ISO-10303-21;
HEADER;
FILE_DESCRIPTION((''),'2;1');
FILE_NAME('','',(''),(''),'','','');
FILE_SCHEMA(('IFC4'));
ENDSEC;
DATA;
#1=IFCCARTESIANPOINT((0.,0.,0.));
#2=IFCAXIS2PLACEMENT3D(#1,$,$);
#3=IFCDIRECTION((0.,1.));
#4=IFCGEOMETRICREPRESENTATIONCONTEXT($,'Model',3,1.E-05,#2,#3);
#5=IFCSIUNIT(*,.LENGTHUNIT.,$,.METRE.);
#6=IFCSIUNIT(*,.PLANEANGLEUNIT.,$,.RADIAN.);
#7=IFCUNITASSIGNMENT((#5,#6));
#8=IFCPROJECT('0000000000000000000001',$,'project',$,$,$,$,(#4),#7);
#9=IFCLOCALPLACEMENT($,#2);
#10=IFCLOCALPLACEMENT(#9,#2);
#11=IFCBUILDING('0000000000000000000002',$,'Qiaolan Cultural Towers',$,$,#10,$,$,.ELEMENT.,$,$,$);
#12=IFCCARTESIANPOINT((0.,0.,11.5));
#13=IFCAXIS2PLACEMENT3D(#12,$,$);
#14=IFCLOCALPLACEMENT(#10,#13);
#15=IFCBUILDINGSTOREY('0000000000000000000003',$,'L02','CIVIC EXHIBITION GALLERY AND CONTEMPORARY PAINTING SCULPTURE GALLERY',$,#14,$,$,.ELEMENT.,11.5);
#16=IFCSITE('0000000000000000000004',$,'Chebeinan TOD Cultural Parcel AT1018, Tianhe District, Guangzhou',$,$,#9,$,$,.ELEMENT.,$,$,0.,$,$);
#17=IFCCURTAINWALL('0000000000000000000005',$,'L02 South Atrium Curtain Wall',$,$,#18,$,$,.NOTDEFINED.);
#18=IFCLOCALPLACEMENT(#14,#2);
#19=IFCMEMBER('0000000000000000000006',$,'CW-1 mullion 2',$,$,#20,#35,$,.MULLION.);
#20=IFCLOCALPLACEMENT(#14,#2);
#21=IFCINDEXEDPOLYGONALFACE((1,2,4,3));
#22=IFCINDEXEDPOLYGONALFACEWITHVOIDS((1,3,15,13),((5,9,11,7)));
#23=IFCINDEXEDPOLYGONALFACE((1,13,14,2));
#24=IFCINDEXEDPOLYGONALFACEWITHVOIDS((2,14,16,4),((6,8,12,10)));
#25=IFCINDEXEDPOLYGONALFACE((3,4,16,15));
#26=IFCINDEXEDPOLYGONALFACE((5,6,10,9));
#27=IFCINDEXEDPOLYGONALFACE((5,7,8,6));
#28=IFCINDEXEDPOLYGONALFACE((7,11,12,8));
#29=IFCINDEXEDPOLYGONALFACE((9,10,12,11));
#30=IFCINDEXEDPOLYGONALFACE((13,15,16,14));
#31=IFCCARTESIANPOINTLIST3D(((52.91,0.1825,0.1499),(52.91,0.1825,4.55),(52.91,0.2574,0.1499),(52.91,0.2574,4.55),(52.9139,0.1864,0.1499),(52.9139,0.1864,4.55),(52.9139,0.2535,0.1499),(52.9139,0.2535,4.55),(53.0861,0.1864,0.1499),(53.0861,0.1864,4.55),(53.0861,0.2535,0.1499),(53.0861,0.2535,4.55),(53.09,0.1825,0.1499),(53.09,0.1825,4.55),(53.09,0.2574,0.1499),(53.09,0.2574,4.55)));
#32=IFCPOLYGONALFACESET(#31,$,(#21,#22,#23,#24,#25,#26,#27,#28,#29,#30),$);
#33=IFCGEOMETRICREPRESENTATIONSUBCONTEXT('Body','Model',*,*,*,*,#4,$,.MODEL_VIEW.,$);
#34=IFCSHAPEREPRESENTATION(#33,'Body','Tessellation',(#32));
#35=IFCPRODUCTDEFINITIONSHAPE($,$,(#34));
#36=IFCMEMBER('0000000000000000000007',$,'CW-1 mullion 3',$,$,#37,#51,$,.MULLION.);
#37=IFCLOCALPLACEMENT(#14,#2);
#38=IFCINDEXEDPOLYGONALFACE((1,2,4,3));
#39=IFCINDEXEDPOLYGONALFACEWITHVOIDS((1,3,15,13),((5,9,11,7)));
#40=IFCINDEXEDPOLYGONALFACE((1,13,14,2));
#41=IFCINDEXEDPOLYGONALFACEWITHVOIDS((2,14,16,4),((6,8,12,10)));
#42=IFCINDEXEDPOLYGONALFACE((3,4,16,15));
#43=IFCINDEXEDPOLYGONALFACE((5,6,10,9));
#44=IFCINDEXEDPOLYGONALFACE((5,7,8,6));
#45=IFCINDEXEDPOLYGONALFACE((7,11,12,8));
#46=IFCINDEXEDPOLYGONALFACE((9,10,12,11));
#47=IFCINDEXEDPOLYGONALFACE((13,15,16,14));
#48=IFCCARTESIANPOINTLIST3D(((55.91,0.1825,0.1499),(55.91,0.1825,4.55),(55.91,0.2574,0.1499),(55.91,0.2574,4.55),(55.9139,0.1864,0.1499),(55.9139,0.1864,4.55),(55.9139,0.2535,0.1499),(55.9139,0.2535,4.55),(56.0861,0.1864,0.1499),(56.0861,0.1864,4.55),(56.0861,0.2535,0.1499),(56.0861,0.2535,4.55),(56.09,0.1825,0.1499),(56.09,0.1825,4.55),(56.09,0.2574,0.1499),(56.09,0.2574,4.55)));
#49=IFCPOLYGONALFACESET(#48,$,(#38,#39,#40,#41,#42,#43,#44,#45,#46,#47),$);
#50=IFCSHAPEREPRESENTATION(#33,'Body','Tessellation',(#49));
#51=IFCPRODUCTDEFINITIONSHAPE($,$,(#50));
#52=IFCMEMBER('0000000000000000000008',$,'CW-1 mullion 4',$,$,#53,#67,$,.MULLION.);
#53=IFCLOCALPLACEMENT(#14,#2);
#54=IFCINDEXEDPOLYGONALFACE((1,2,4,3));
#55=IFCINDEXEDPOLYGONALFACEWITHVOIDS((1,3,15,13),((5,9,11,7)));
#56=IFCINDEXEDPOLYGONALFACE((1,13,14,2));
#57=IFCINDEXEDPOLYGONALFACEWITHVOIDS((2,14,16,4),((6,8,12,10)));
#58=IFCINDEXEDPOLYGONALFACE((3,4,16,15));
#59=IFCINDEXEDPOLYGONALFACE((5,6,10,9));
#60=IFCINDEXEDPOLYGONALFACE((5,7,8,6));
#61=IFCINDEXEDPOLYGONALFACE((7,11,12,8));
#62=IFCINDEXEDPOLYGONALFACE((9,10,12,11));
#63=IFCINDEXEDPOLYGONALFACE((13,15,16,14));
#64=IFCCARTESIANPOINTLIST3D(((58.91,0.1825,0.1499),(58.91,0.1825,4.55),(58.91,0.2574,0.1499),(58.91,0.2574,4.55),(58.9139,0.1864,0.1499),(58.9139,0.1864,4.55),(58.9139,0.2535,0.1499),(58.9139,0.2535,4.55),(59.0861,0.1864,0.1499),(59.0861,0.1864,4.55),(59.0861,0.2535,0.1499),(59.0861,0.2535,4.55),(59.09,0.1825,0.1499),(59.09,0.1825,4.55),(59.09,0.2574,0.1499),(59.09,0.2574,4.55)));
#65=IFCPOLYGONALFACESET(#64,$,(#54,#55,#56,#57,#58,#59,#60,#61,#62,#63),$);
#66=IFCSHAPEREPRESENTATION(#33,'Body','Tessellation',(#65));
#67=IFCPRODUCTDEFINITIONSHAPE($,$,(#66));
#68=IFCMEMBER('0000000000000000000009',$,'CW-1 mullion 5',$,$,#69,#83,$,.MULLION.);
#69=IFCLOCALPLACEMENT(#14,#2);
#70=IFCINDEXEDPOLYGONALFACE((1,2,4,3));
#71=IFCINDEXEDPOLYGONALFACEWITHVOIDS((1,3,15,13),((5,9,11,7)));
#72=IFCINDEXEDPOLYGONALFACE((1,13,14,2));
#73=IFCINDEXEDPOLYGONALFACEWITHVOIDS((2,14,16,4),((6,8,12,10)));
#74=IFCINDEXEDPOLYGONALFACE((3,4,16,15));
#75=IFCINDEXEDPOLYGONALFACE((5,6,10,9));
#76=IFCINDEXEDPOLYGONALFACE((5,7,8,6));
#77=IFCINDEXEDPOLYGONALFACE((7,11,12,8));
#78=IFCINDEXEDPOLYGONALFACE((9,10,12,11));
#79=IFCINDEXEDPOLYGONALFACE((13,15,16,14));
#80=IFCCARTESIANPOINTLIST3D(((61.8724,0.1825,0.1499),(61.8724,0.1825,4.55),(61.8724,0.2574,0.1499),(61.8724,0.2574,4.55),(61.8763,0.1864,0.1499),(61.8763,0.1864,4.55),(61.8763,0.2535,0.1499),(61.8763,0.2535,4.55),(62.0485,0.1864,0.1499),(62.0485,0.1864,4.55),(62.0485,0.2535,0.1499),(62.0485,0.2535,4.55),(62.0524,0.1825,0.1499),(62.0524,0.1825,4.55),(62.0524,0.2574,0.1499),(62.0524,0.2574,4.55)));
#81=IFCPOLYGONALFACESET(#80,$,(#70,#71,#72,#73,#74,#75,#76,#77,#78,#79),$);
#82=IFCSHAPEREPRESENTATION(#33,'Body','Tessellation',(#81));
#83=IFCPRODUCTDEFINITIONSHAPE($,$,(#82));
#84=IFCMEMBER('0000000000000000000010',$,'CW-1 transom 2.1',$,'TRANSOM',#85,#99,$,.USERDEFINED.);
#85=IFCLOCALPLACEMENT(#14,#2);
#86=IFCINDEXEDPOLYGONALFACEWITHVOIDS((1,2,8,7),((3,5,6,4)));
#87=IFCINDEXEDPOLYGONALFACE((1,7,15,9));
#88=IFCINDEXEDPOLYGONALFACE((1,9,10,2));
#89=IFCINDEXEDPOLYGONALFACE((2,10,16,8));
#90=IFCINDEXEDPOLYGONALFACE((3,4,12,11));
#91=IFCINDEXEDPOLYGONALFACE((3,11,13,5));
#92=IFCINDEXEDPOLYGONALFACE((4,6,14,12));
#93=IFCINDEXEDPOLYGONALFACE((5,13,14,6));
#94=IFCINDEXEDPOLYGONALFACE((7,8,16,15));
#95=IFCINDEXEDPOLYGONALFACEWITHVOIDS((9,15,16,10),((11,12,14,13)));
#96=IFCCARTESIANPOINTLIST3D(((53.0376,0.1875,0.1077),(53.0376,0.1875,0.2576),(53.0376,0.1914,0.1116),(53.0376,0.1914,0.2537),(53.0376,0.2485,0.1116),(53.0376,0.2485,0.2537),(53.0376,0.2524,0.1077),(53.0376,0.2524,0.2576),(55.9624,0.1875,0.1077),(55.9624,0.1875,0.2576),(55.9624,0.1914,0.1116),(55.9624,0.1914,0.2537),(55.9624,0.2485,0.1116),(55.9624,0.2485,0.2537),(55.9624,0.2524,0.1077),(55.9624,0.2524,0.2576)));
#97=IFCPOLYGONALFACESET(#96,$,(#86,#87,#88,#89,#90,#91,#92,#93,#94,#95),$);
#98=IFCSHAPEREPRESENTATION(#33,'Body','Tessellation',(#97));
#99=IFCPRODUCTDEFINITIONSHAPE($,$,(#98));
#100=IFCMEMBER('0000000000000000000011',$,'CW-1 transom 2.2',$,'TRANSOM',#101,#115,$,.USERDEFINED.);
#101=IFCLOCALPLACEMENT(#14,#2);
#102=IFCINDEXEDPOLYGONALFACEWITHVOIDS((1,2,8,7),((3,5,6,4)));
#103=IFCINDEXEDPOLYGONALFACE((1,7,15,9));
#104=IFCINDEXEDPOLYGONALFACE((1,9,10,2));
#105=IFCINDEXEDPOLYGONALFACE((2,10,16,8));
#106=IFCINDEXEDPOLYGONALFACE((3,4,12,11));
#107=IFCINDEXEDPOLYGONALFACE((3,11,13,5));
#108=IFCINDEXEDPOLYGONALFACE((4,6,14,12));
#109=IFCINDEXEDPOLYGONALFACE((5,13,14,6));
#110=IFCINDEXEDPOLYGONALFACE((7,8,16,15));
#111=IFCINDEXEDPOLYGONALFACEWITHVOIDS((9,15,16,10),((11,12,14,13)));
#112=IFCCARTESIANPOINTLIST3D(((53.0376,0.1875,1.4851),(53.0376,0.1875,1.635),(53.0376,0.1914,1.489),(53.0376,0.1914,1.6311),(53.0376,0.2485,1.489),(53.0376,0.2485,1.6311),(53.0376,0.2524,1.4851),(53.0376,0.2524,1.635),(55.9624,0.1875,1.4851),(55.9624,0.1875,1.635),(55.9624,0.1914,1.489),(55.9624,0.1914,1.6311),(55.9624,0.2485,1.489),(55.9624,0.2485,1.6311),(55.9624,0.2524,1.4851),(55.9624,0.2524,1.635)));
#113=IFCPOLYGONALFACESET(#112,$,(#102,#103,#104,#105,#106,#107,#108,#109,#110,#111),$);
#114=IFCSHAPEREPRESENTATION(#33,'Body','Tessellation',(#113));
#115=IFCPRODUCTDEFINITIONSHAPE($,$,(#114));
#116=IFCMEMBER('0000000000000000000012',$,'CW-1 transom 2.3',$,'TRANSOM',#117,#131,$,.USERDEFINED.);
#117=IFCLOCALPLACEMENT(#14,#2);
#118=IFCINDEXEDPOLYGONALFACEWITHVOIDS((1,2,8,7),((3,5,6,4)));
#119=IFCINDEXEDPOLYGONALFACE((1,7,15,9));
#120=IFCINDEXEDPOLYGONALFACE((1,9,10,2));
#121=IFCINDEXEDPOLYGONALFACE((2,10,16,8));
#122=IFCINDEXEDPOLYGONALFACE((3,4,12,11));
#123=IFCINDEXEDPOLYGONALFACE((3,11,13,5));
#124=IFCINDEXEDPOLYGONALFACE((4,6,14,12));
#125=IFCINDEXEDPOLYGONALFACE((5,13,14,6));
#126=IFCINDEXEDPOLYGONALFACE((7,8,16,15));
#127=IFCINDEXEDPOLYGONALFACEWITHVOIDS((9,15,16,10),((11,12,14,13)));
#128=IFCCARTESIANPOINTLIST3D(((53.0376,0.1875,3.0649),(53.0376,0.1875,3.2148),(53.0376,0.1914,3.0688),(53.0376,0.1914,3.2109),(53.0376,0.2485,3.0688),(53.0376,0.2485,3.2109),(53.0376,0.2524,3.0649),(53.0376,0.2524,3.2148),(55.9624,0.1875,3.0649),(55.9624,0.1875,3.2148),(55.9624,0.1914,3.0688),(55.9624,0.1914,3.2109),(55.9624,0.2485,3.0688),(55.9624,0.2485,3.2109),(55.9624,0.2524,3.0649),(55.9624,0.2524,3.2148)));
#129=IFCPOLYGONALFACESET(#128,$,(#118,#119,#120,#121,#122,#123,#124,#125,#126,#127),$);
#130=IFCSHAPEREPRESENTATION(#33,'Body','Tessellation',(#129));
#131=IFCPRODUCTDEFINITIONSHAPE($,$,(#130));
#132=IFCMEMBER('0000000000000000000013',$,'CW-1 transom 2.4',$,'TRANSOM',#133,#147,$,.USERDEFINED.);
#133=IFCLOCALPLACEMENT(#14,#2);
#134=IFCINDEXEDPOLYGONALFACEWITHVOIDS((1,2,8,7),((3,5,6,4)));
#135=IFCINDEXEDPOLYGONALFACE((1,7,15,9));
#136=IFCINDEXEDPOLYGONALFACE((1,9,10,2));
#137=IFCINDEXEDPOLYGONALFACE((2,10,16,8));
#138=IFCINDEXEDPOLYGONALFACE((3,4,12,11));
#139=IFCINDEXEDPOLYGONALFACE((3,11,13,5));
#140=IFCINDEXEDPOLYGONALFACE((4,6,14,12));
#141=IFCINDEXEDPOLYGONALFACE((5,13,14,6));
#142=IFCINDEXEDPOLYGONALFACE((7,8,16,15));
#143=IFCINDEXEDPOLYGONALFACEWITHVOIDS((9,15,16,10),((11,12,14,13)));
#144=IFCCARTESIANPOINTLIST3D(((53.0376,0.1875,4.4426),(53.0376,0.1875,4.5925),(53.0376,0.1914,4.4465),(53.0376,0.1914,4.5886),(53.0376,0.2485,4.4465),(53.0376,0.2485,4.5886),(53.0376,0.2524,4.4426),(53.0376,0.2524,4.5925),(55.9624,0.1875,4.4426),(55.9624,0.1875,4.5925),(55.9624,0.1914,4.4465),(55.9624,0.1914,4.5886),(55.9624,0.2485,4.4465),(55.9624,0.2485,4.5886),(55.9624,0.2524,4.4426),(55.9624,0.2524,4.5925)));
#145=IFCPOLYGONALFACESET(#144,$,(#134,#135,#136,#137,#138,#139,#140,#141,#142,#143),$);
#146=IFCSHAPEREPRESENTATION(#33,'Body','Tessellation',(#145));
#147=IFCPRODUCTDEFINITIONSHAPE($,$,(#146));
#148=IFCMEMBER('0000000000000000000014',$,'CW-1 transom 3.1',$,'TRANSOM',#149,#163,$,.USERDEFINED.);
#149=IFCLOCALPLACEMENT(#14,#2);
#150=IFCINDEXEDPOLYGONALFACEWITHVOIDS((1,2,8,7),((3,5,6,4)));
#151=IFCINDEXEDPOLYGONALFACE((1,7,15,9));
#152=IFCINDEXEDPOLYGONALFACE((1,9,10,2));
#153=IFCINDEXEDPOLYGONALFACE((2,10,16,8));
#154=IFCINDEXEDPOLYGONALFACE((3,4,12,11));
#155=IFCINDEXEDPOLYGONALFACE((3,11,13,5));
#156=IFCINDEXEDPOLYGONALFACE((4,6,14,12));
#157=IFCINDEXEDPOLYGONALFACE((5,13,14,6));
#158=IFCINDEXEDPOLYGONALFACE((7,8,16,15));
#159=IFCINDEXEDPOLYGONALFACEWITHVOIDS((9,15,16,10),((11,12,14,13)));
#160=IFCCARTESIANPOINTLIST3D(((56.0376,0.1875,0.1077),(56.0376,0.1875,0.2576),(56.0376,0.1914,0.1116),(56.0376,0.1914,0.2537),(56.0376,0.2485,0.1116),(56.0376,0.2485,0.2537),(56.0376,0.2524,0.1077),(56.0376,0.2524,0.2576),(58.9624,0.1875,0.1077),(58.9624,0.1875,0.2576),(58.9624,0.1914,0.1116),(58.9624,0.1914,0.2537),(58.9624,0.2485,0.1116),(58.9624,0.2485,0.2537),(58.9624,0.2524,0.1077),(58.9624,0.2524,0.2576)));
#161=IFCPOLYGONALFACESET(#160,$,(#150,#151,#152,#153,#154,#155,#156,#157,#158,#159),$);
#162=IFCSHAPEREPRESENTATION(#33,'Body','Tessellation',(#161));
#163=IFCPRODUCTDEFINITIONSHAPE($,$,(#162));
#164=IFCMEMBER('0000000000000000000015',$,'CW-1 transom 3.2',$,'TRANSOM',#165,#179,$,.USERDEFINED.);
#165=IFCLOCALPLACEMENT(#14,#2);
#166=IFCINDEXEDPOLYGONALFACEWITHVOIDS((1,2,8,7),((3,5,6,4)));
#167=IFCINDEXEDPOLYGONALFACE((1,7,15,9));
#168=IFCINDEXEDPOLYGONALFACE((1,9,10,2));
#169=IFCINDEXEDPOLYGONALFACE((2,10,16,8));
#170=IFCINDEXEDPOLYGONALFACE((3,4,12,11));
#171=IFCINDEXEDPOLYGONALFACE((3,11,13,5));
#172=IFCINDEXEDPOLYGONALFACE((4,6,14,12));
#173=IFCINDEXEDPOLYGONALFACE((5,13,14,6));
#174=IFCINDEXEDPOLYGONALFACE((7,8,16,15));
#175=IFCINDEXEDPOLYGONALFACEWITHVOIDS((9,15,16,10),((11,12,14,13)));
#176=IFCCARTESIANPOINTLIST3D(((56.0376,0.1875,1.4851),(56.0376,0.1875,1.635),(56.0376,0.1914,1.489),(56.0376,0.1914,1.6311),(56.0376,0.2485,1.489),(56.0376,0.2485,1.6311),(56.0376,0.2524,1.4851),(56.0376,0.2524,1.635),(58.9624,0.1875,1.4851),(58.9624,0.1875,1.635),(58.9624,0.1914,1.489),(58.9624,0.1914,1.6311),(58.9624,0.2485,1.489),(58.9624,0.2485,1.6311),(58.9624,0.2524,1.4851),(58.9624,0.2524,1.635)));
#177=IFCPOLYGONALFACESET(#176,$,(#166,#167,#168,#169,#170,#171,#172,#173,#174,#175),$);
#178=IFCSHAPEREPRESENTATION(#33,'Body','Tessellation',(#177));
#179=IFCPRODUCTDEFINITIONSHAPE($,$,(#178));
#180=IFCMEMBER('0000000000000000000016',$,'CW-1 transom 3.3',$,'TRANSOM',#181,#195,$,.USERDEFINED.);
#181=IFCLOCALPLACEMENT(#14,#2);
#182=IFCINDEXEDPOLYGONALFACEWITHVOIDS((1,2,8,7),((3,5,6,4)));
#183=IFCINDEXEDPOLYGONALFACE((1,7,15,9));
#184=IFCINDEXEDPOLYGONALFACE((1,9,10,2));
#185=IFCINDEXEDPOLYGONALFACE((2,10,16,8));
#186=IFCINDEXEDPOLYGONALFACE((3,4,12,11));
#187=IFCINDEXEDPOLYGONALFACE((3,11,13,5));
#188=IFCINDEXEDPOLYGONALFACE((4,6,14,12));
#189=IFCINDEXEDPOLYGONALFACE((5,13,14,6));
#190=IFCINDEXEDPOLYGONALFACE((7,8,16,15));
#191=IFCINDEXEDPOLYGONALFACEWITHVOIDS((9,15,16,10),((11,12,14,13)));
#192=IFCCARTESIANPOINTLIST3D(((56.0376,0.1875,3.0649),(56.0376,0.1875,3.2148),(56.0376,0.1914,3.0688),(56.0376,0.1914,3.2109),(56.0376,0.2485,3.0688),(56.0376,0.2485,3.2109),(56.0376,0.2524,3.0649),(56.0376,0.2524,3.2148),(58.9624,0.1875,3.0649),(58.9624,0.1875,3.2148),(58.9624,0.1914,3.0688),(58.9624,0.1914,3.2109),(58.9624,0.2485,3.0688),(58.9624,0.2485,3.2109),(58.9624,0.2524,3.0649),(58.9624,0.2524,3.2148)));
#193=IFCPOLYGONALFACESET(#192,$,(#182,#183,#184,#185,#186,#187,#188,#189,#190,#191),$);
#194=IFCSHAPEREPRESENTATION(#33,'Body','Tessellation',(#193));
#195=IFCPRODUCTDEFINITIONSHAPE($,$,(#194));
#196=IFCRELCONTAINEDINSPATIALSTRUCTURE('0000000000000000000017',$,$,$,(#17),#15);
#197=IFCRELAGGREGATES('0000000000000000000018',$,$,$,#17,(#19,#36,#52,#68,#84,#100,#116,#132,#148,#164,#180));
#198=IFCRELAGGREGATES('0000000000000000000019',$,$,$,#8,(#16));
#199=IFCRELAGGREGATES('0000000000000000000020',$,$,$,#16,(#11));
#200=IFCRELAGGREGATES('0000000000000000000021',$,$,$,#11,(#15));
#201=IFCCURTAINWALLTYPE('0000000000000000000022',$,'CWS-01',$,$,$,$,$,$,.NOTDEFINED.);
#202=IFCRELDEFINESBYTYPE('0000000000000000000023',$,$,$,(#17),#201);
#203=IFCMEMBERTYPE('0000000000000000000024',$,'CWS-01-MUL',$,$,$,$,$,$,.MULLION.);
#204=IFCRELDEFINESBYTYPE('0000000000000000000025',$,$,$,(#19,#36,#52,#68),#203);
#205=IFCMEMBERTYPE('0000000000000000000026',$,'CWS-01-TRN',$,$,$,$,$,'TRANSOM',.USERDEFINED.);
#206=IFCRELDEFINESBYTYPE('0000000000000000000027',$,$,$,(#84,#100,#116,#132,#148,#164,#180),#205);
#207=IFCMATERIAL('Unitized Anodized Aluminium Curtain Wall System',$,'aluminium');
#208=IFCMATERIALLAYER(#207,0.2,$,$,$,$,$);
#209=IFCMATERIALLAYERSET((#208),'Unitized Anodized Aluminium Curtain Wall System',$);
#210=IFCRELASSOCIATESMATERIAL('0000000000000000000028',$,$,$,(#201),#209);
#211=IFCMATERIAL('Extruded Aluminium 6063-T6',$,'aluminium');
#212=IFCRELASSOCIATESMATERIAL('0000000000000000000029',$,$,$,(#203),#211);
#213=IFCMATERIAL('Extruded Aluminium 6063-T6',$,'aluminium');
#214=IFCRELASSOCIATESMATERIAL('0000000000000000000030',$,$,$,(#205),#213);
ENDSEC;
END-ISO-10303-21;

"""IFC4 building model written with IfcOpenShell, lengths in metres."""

from ifc_helpers import new_model, si_unit, direction, frame, origin, origin_2d, place, context, subcontext, project, spatial, hollow_rectangle, extrude, material, layer, layer_set, material_profile, profile_set, type_object, element, aggregate, save


model = new_model("IFC4")

# Units and contexts
model_context = context("Model", 3, precision=1e-05, world=origin(), true_north=direction((0.0, 1.0)))
body_context = subcontext(model_context, "Body", "Model", "MODEL_VIEW")
ifc_project = project(units=[si_unit("LENGTHUNIT", "METRE"), si_unit("PLANEANGLEUNIT", "RADIAN")], contexts=[model_context])

# Site, building, storey
site_placement = place(None, origin())
site = spatial("IfcSite", under=ifc_project, at=site_placement, Name="Chebeinan TOD Cultural Parcel AT1018, Tianhe District, Guangzhou", CompositionType="ELEMENT", RefElevation=0.0)
building_placement = place(site_placement, origin())
building = spatial("IfcBuilding", under=site, at=building_placement, Name="Qiaolan Cultural Towers", CompositionType="ELEMENT")
storey_placement = place(building_placement, frame((0.0, 0.0, 11.5)))
storey = spatial("IfcBuildingStorey", under=building, at=storey_placement, Name="L02", Description="CIVIC EXHIBITION GALLERY AND CONTEMPORARY PAINTING SCULPTURE GALLERY", CompositionType="ELEMENT", Elevation=11.5)

# Curtain wall, members
ifc_material_1 = material(Name="Unitized Anodized Aluminium Curtain Wall System", Category="aluminium")
ifc_layer_1 = layer(ifc_material_1, 0.2)
ifc_layer_set_1 = layer_set([ifc_layer_1], Name="Unitized Anodized Aluminium Curtain Wall System")
curtain_wall_type = type_object("IfcCurtainWallType", Name="CWS-01", PredefinedType="NOTDEFINED", material=ifc_layer_set_1)
curtain_wall_placement = place(storey_placement, origin())
curtain_wall = element("IfcCurtainWall", 1, at=curtain_wall_placement, inside=storey, type_object=curtain_wall_type, Name="L02 South Atrium Curtain Wall", PredefinedType="NOTDEFINED")
ifc_material_2 = material(Name="Extruded Aluminium 6063-T6", Category="aluminium")
ifc_material_profile_1 = material_profile(ifc_material_2, hollow_rectangle(XDim=0.075, YDim=0.1799, WallThickness=0.0039, at=origin_2d()), Name="CWM-180x75x4")
ifc_profile_set_1 = profile_set([ifc_material_profile_1], Name="Extruded Aluminium 6063-T6")
member_type_1 = type_object("IfcMemberType", Name="CWS-01-MUL", PredefinedType="MULLION", material=ifc_profile_set_1)
member_1_placement = place(storey_placement, frame((53.0, 0.22, 0.1499), z_axis=(0.0, 0.0, 1.0), x_axis=(0.0, 1.0, 0.0)))
member_1 = element("IfcMember", 2, at=member_1_placement, type_object=member_type_1, Name="CW-1 mullion 2", PredefinedType="MULLION", context=body_context, shape_type="SweptSolid", body=[
    extrude(hollow_rectangle(XDim=0.075, YDim=0.1799, WallThickness=0.0039, at=origin_2d()), origin(), (0.0, 0.0, 1.0), 4.4001),
])
member_2_placement = place(storey_placement, frame((56.0, 0.22, 0.1499), z_axis=(0.0, 0.0, 1.0), x_axis=(0.0, 1.0, 0.0)))
member_2 = element("IfcMember", 3, at=member_2_placement, type_object=member_type_1, Name="CW-1 mullion 3", PredefinedType="MULLION", context=body_context, shape_type="SweptSolid", body=[
    extrude(hollow_rectangle(XDim=0.075, YDim=0.1799, WallThickness=0.0039, at=origin_2d()), origin(), (0.0, 0.0, 1.0), 4.4001),
])
member_3_placement = place(storey_placement, frame((59.0, 0.22, 0.1499), z_axis=(0.0, 0.0, 1.0), x_axis=(0.0, 1.0, 0.0)))
member_3 = element("IfcMember", 4, at=member_3_placement, type_object=member_type_1, Name="CW-1 mullion 4", PredefinedType="MULLION", context=body_context, shape_type="SweptSolid", body=[
    extrude(hollow_rectangle(XDim=0.075, YDim=0.1799, WallThickness=0.0039, at=origin_2d()), origin(), (0.0, 0.0, 1.0), 4.4001),
])
member_4_placement = place(storey_placement, frame((61.9624, 0.22, 0.1499), z_axis=(0.0, 0.0, 1.0), x_axis=(0.0, 1.0, 0.0)))
member_4 = element("IfcMember", 5, at=member_4_placement, type_object=member_type_1, Name="CW-1 mullion 5", PredefinedType="MULLION", context=body_context, shape_type="SweptSolid", body=[
    extrude(hollow_rectangle(XDim=0.075, YDim=0.1799, WallThickness=0.0039, at=origin_2d()), origin(), (0.0, 0.0, 1.0), 4.4001),
])
ifc_material_3 = material(Name="Extruded Aluminium 6063-T6", Category="aluminium")
ifc_material_profile_2 = material_profile(ifc_material_3, hollow_rectangle(XDim=0.0649, YDim=0.1499, WallThickness=0.0039, at=origin_2d()), Name="CWT-150x65x4")
ifc_profile_set_2 = profile_set([ifc_material_profile_2], Name="Extruded Aluminium 6063-T6")
member_type_2 = type_object("IfcMemberType", Name="CWS-01-TRN", ElementType="TRANSOM", PredefinedType="USERDEFINED", material=ifc_profile_set_2)
member_5_placement = place(storey_placement, frame((53.0376, 0.22, 0.1826), z_axis=(1.0, 0.0, 0.0), x_axis=(0.0, 1.0, 0.0)))
member_5 = element("IfcMember", 6, at=member_5_placement, type_object=member_type_2, Name="CW-1 transom 2.1", ObjectType="TRANSOM", PredefinedType="USERDEFINED", context=body_context, shape_type="SweptSolid", body=[
    extrude(hollow_rectangle(XDim=0.0649, YDim=0.1499, WallThickness=0.0039, at=origin_2d()), origin(), (0.0, 0.0, 1.0), 2.9248),
])
member_6_placement = place(storey_placement, frame((53.0376, 0.22, 1.5601), z_axis=(1.0, 0.0, 0.0), x_axis=(0.0, 1.0, 0.0)))
member_6 = element("IfcMember", 7, at=member_6_placement, type_object=member_type_2, Name="CW-1 transom 2.2", ObjectType="TRANSOM", PredefinedType="USERDEFINED", context=body_context, shape_type="SweptSolid", body=[
    extrude(hollow_rectangle(XDim=0.0649, YDim=0.1499, WallThickness=0.0039, at=origin_2d()), origin(), (0.0, 0.0, 1.0), 2.9248),
])
member_7_placement = place(storey_placement, frame((53.0376, 0.22, 3.1399), z_axis=(1.0, 0.0, 0.0), x_axis=(0.0, 1.0, 0.0)))
member_7 = element("IfcMember", 8, at=member_7_placement, type_object=member_type_2, Name="CW-1 transom 2.3", ObjectType="TRANSOM", PredefinedType="USERDEFINED", context=body_context, shape_type="SweptSolid", body=[
    extrude(hollow_rectangle(XDim=0.0649, YDim=0.1499, WallThickness=0.0039, at=origin_2d()), origin(), (0.0, 0.0, 1.0), 2.9248),
])
member_8_placement = place(storey_placement, frame((53.0376, 0.22, 4.5176), z_axis=(1.0, 0.0, 0.0), x_axis=(0.0, 1.0, 0.0)))
member_8 = element("IfcMember", 9, at=member_8_placement, type_object=member_type_2, Name="CW-1 transom 2.4", ObjectType="TRANSOM", PredefinedType="USERDEFINED", context=body_context, shape_type="SweptSolid", body=[
    extrude(hollow_rectangle(XDim=0.0649, YDim=0.1499, WallThickness=0.0039, at=origin_2d()), origin(), (0.0, 0.0, 1.0), 2.9248),
])
member_9_placement = place(storey_placement, frame((56.0376, 0.22, 0.1826), z_axis=(1.0, 0.0, 0.0), x_axis=(0.0, 1.0, 0.0)))
member_9 = element("IfcMember", 10, at=member_9_placement, type_object=member_type_2, Name="CW-1 transom 3.1", ObjectType="TRANSOM", PredefinedType="USERDEFINED", context=body_context, shape_type="SweptSolid", body=[
    extrude(hollow_rectangle(XDim=0.0649, YDim=0.1499, WallThickness=0.0039, at=origin_2d()), origin(), (0.0, 0.0, 1.0), 2.9248),
])
member_10_placement = place(storey_placement, frame((56.0376, 0.22, 1.5601), z_axis=(1.0, 0.0, 0.0), x_axis=(0.0, 1.0, 0.0)))
member_10 = element("IfcMember", 11, at=member_10_placement, type_object=member_type_2, Name="CW-1 transom 3.2", ObjectType="TRANSOM", PredefinedType="USERDEFINED", context=body_context, shape_type="SweptSolid", body=[
    extrude(hollow_rectangle(XDim=0.0649, YDim=0.1499, WallThickness=0.0039, at=origin_2d()), origin(), (0.0, 0.0, 1.0), 2.9248),
])
member_11_placement = place(storey_placement, frame((56.0376, 0.22, 3.1399), z_axis=(1.0, 0.0, 0.0), x_axis=(0.0, 1.0, 0.0)))
member_11 = element("IfcMember", 12, at=member_11_placement, type_object=member_type_2, Name="CW-1 transom 3.3", ObjectType="TRANSOM", PredefinedType="USERDEFINED", context=body_context, shape_type="SweptSolid", body=[
    extrude(hollow_rectangle(XDim=0.0649, YDim=0.1499, WallThickness=0.0039, at=origin_2d()), origin(), (0.0, 0.0, 1.0), 2.9248),
])
aggregate(curtain_wall, [member_1, member_2, member_3, member_4, member_5, member_6, member_7, member_8, member_9, member_10, member_11])

save(model, "model.ifc")
